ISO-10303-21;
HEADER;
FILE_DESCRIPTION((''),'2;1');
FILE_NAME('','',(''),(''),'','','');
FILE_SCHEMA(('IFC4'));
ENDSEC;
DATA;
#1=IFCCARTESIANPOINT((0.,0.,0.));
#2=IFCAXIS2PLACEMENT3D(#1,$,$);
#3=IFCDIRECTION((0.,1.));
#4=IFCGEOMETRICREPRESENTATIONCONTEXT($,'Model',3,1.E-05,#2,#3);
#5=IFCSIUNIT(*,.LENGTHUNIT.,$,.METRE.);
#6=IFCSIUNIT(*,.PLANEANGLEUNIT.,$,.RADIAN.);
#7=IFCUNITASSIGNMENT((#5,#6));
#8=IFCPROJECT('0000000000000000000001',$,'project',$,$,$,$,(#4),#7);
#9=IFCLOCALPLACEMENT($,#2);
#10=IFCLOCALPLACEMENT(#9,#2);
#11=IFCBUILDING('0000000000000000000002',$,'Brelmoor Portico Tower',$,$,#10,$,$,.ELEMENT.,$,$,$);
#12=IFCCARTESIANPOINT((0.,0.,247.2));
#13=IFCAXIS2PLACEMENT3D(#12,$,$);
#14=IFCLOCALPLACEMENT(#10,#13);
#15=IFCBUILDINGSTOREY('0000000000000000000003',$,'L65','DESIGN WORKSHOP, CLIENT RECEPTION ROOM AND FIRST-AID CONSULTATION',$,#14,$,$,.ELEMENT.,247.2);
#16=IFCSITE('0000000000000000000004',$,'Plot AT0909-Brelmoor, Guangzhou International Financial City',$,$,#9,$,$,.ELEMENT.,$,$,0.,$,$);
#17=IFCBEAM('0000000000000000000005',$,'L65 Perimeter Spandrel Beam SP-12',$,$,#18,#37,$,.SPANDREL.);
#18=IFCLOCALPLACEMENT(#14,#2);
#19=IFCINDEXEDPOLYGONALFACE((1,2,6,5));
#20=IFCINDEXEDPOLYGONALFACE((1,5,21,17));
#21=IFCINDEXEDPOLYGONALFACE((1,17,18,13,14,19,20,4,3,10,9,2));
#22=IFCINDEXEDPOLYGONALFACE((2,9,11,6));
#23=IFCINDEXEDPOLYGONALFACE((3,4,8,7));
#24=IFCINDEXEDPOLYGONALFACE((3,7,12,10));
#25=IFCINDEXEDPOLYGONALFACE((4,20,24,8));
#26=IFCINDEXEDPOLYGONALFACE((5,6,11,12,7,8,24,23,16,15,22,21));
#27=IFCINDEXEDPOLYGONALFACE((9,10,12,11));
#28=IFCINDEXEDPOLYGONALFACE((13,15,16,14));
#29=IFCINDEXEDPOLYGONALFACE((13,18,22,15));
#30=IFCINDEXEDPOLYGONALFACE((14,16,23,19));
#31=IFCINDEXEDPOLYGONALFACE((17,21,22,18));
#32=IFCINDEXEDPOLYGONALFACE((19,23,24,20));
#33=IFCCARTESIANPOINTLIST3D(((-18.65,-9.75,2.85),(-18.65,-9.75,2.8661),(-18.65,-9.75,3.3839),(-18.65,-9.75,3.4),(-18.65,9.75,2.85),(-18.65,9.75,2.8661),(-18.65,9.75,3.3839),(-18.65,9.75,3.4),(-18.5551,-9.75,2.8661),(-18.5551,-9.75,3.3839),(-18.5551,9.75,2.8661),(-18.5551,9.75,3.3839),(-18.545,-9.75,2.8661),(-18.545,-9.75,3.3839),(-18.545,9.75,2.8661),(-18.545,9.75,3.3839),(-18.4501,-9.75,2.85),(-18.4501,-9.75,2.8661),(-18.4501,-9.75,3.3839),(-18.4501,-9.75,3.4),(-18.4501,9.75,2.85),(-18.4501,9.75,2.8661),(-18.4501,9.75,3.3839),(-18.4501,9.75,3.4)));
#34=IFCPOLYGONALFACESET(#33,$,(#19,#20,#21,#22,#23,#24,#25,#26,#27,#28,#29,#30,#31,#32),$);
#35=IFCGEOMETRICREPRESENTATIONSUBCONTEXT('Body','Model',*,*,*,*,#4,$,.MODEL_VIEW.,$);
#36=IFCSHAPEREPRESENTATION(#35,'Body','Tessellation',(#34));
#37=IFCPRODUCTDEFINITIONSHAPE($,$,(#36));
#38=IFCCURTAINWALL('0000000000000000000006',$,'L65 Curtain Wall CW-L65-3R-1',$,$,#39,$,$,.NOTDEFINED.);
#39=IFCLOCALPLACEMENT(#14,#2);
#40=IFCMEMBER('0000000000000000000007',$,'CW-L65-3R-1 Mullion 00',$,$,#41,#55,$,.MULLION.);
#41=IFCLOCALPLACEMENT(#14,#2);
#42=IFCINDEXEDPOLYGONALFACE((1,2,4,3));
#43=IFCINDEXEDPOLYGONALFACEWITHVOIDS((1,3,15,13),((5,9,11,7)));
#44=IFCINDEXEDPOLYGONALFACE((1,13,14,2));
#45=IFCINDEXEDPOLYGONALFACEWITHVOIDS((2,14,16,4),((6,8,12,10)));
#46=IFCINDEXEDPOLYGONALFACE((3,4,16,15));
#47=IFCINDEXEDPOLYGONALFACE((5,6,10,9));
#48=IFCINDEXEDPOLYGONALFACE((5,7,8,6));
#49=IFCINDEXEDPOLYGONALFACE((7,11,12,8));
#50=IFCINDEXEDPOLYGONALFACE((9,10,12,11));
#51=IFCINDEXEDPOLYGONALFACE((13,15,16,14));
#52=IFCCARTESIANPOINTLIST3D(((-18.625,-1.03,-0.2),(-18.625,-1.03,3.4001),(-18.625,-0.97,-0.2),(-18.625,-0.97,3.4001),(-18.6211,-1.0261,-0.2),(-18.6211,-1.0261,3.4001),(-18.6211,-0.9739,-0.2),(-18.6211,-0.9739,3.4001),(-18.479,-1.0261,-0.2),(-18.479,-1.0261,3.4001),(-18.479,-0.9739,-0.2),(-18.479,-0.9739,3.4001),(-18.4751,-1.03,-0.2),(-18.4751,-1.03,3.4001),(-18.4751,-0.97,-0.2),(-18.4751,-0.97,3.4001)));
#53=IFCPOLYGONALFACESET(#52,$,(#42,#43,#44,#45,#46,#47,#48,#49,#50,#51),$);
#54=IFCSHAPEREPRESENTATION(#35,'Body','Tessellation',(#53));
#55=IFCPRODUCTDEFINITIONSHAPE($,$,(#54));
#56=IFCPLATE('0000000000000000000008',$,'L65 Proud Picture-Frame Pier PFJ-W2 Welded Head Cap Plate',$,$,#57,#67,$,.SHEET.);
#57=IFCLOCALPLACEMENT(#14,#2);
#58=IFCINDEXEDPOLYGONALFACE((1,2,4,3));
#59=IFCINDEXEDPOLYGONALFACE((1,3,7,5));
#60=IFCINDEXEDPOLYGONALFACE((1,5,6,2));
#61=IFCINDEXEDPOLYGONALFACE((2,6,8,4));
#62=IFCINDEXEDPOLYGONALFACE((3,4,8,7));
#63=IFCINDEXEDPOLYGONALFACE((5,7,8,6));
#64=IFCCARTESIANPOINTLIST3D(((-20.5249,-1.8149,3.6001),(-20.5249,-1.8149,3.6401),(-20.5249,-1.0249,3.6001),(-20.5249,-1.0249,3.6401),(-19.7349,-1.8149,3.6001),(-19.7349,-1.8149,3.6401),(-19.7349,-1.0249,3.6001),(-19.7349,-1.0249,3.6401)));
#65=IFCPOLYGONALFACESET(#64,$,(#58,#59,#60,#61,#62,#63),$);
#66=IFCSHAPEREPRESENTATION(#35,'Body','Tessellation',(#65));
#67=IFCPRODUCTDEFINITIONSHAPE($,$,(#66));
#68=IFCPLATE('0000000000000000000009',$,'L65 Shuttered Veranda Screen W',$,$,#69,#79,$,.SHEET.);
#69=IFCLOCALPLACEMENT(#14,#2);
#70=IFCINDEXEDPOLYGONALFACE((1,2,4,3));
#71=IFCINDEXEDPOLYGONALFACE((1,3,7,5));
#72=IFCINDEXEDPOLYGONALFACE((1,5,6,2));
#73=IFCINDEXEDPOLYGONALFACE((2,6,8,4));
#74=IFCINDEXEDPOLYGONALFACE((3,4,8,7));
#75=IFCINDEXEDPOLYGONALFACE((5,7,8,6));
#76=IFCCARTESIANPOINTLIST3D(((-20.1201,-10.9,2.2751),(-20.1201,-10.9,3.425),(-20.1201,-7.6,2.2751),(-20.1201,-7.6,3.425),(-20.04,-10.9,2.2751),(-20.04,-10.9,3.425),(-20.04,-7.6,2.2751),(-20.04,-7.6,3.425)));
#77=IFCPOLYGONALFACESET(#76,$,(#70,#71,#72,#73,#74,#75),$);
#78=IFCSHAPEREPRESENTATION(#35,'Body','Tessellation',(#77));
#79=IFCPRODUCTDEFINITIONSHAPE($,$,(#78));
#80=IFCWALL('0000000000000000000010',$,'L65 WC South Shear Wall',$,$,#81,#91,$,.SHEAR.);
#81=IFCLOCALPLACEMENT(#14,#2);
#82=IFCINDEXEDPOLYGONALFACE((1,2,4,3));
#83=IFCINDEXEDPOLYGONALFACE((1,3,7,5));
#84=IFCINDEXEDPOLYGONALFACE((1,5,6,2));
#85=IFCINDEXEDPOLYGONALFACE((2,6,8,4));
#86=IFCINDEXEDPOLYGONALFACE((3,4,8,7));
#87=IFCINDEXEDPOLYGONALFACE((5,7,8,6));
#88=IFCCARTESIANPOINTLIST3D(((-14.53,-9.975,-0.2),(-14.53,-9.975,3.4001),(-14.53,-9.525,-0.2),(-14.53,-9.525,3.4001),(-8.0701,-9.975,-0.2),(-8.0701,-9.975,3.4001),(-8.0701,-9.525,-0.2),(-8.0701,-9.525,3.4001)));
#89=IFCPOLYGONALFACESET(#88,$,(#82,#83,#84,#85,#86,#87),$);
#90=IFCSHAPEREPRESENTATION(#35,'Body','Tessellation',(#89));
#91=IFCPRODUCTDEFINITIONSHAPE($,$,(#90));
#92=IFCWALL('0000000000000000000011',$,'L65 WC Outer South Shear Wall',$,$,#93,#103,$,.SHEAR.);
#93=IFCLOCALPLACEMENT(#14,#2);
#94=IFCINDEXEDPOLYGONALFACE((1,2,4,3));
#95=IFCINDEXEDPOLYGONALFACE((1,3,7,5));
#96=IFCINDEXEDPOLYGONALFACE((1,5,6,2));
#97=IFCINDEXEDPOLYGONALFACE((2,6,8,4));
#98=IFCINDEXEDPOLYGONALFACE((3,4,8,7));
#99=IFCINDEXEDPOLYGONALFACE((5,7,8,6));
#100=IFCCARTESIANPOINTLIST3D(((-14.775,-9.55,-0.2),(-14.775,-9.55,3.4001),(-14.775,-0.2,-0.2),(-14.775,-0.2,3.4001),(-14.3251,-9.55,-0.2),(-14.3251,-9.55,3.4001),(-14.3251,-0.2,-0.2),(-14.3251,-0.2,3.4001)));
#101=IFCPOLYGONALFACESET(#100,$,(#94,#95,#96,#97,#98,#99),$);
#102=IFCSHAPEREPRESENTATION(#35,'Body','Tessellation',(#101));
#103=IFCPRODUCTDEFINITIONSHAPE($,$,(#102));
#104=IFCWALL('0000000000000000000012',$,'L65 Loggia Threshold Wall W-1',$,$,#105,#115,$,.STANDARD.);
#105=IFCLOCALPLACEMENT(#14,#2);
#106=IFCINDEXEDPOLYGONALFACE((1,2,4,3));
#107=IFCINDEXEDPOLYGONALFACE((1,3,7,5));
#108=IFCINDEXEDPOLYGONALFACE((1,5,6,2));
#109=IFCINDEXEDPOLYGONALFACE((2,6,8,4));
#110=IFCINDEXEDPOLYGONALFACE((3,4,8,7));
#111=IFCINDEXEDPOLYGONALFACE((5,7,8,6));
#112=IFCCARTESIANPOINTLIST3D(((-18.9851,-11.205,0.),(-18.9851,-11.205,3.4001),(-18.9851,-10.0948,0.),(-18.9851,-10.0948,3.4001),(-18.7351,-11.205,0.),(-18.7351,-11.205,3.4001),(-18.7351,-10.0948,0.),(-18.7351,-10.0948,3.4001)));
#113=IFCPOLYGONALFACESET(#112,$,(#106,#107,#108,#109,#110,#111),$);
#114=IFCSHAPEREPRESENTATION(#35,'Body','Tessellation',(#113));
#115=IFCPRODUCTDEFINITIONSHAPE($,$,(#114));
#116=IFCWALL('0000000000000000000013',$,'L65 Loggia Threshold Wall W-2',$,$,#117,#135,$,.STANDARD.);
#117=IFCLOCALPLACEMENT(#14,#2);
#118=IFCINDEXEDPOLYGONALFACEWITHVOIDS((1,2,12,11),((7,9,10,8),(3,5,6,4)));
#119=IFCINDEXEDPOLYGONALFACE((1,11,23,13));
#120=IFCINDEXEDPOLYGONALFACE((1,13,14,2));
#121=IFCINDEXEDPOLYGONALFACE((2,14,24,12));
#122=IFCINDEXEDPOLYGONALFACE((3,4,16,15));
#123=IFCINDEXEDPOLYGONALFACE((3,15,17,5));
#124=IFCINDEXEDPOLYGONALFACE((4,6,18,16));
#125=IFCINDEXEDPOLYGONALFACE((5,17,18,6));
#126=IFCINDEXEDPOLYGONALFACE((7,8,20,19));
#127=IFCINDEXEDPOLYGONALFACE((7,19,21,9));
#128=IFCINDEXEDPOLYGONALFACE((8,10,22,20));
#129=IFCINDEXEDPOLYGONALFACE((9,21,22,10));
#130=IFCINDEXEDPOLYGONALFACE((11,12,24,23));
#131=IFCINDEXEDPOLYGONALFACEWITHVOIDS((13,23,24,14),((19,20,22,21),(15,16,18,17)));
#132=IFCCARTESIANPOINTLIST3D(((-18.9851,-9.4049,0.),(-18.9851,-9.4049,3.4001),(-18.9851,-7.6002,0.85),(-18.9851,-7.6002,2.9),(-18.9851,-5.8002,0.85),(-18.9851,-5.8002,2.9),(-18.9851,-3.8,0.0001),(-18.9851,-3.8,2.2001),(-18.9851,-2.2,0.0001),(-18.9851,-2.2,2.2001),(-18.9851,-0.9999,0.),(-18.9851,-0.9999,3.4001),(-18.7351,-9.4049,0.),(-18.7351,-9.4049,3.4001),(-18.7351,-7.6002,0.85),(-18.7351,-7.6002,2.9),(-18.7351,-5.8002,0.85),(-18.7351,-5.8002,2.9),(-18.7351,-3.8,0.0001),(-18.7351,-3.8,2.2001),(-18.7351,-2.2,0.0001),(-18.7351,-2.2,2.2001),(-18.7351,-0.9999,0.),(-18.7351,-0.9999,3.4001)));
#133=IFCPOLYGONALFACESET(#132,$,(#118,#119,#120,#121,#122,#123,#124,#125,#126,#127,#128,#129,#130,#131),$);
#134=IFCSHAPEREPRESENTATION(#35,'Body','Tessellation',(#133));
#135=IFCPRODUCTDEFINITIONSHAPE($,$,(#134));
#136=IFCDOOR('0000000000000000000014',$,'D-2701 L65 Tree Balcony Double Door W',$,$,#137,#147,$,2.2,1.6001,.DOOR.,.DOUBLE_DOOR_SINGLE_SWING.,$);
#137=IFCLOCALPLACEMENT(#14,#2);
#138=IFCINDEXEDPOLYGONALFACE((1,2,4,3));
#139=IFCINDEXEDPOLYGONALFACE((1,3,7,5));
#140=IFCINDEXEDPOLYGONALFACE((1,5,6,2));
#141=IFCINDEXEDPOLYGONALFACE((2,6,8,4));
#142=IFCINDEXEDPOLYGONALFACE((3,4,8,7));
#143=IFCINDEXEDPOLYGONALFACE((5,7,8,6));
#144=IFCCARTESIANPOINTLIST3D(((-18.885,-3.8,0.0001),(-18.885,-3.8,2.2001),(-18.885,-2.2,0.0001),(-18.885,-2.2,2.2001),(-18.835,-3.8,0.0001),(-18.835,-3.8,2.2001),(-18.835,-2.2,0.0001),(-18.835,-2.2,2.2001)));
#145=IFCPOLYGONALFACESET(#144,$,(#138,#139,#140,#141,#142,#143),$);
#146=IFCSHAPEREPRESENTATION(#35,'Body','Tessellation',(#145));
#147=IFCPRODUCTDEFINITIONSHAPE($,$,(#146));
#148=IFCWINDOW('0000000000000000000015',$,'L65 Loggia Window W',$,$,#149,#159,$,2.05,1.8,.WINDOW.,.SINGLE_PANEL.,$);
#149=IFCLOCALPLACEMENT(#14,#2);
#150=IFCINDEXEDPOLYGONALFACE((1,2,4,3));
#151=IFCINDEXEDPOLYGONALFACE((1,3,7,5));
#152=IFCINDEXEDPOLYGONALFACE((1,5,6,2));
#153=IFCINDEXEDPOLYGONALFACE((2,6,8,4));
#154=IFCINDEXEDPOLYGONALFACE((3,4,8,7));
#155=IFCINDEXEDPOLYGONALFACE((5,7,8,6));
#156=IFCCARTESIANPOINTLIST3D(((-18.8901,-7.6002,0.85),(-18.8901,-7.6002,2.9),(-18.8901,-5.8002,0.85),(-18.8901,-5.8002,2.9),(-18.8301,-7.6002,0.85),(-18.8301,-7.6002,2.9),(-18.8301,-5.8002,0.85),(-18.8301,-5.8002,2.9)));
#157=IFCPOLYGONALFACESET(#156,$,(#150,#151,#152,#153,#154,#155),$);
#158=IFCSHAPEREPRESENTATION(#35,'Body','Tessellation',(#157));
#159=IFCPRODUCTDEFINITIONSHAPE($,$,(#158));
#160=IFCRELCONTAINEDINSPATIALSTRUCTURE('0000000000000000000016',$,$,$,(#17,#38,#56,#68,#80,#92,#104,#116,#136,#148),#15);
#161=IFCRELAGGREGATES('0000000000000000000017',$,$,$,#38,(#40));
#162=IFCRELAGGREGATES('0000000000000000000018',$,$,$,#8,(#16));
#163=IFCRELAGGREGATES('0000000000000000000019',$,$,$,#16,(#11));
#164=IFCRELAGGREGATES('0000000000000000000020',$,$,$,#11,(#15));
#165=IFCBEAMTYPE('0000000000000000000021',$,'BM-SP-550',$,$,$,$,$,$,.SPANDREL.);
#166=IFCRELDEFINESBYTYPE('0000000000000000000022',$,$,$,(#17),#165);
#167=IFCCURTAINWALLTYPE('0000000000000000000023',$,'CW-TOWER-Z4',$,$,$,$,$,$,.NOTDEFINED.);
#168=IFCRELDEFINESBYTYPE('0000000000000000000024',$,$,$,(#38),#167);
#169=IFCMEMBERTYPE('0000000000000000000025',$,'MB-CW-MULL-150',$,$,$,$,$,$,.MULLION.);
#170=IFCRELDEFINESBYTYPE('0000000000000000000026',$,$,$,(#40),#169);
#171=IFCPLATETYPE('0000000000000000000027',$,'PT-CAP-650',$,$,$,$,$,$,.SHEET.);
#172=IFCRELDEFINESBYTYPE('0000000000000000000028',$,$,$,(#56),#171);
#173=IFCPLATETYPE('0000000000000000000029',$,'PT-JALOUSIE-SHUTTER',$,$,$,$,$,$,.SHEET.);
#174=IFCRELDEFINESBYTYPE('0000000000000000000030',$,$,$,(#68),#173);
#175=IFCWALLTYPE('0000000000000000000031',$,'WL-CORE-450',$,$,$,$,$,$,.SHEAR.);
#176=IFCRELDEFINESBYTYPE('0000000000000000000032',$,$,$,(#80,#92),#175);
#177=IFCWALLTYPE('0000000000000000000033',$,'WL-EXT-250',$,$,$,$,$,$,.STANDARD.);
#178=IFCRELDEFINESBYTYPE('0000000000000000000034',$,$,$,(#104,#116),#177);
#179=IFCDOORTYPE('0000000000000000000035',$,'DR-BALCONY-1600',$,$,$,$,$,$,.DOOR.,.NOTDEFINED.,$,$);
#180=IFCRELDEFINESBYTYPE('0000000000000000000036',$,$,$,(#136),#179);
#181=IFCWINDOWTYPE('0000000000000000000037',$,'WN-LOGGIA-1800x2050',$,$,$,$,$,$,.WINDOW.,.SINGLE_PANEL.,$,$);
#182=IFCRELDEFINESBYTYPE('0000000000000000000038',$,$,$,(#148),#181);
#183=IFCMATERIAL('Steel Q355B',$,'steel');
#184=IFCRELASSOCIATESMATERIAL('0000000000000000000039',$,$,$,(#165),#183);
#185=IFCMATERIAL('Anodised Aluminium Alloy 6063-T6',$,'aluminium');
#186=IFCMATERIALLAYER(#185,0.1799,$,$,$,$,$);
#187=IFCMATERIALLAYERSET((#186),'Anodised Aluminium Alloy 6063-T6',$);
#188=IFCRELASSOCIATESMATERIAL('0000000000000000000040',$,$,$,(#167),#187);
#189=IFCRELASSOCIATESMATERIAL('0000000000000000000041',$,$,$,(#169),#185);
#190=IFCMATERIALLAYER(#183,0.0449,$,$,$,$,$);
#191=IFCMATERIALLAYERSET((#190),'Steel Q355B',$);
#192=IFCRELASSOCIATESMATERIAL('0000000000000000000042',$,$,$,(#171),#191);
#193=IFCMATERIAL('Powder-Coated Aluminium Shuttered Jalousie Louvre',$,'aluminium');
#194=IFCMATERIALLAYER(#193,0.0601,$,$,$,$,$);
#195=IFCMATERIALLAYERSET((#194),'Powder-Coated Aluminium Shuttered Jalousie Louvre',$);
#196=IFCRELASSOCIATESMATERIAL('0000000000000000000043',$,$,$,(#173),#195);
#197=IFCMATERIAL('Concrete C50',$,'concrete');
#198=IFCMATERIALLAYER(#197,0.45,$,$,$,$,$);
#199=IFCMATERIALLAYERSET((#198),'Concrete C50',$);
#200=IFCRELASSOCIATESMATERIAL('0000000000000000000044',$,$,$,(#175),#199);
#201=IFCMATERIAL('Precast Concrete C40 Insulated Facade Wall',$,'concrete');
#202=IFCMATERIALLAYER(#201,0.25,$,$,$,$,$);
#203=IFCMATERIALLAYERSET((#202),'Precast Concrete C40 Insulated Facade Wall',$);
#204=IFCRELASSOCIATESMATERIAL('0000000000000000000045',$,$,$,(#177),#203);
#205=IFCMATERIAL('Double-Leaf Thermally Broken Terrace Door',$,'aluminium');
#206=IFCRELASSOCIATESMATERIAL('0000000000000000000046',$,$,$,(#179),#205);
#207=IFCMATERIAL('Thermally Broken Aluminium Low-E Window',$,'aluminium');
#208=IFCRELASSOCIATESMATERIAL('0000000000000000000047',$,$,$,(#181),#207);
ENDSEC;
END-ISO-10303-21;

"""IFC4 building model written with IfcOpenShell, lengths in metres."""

from ifc_helpers import new_model, si_unit, direction, frame, frame_2d, origin, origin_2d, place, context, subcontext, project, spatial, rectangle, hollow_rectangle, i_section, extrude, material, layer, layer_set, material_profile, profile_set, type_object, element, fill, aggregate, save


model = new_model("IFC4")

# Units and contexts
model_context = context("Model", 3, precision=1e-05, world=origin(), true_north=direction((0.0, 1.0)))
body_context = subcontext(model_context, "Body", "Model", "MODEL_VIEW")
ifc_project = project(units=[si_unit("LENGTHUNIT", "METRE"), si_unit("PLANEANGLEUNIT", "RADIAN")], contexts=[model_context])

# Site, building, storey
site_placement = place(None, origin())
site = spatial("IfcSite", under=ifc_project, at=site_placement, Name="Plot AT0909-Brelmoor, Guangzhou International Financial City", CompositionType="ELEMENT", RefElevation=0.0)
building_placement = place(site_placement, origin())
building = spatial("IfcBuilding", under=site, at=building_placement, Name="Brelmoor Portico Tower", CompositionType="ELEMENT")
storey_placement = place(building_placement, frame((0.0, 0.0, 247.2)))
storey = spatial("IfcBuildingStorey", under=building, at=storey_placement, Name="L65", Description="DESIGN WORKSHOP, CLIENT RECEPTION ROOM AND FIRST-AID CONSULTATION", CompositionType="ELEMENT", Elevation=247.2)

# Shared definitions
ifc_material_1 = material(Name="Steel Q355B", Category="steel")

# Beam
ifc_material_profile_1 = material_profile(ifc_material_1, i_section(OverallWidth=0.2, OverallDepth=0.55, WebThickness=0.01, FlangeThickness=0.0161, at=origin_2d()), Name="HN 550x200x10x16")
ifc_profile_set_1 = profile_set([ifc_material_profile_1], Name="Steel Q355B")
beam_type_1 = type_object("IfcBeamType", Name="BM-SP-550", PredefinedType="SPANDREL", material=ifc_profile_set_1)
beam_1_placement = place(storey_placement, frame((-18.55, -9.75, 3.125), z_axis=(0.0, 1.0, 0.0), x_axis=(-1.0, 0.0, 0.0)))
element("IfcBeam", 1, at=beam_1_placement, inside=storey, type_object=beam_type_1, Name="L65 Perimeter Spandrel Beam SP-12", PredefinedType="SPANDREL", context=body_context, shape_type="SweptSolid", body=[
    extrude(i_section(OverallWidth=0.2, OverallDepth=0.55, WebThickness=0.01, FlangeThickness=0.0161, at=origin_2d()), origin(), (0.0, 0.0, 1.0), 19.5),
])

# Curtain wall, member
ifc_material_2 = material(Name="Anodised Aluminium Alloy 6063-T6", Category="aluminium")
ifc_layer_1 = layer(ifc_material_2, 0.1799)
ifc_layer_set_1 = layer_set([ifc_layer_1], Name="Anodised Aluminium Alloy 6063-T6")
curtain_wall_type = type_object("IfcCurtainWallType", Name="CW-TOWER-Z4", PredefinedType="NOTDEFINED", material=ifc_layer_set_1)
curtain_wall_placement = place(storey_placement, origin())
curtain_wall = element("IfcCurtainWall", 2, at=curtain_wall_placement, inside=storey, type_object=curtain_wall_type, Name="L65 Curtain Wall CW-L65-3R-1", PredefinedType="NOTDEFINED")
ifc_material_profile_2 = material_profile(ifc_material_2, hollow_rectangle(XDim=0.0601, YDim=0.1499, WallThickness=0.0039, at=origin_2d()), Name="ALU MULLION 60x150")
ifc_profile_set_2 = profile_set([ifc_material_profile_2], Name="Anodised Aluminium Alloy 6063-T6")
member_type = type_object("IfcMemberType", Name="MB-CW-MULL-150", PredefinedType="MULLION", material=ifc_profile_set_2)
member_placement = place(storey_placement, frame((-18.55, -1.0, -0.2), z_axis=(0.0, 0.0, 1.0), x_axis=(0.0, 1.0, 0.0)))
member = element("IfcMember", 3, at=member_placement, type_object=member_type, Name="CW-L65-3R-1 Mullion 00", PredefinedType="MULLION", context=body_context, shape_type="SweptSolid", body=[
    extrude(hollow_rectangle(XDim=0.0601, YDim=0.1499, WallThickness=0.0039, at=origin_2d()), origin(), (0.0, 0.0, 1.0), 3.6001),
])
aggregate(curtain_wall, [member])

# Plates
ifc_layer_2 = layer(ifc_material_1, 0.0449)
ifc_layer_set_2 = layer_set([ifc_layer_2], Name="Steel Q355B")
plate_type_1 = type_object("IfcPlateType", Name="PT-CAP-650", PredefinedType="SHEET", material=ifc_layer_set_2)
plate_1_placement = place(storey_placement, frame((-20.1299, -1.4199, 3.6001), z_axis=(0.0, 0.0, 1.0), x_axis=(0.0, 1.0, 0.0)))
element("IfcPlate", 4, at=plate_1_placement, inside=storey, type_object=plate_type_1, Name="L65 Proud Picture-Frame Pier PFJ-W2 Welded Head Cap Plate", PredefinedType="SHEET", context=body_context, shape_type="SweptSolid", body=[
    extrude(rectangle(XDim=0.79, YDim=0.79, at=origin_2d()), origin(), (0.0, 0.0, 1.0), 0.04),
])
ifc_material_3 = material(Name="Powder-Coated Aluminium Shuttered Jalousie Louvre", Category="aluminium")
ifc_layer_3 = layer(ifc_material_3, 0.0601)
ifc_layer_set_3 = layer_set([ifc_layer_3], Name="Powder-Coated Aluminium Shuttered Jalousie Louvre")
plate_type_2 = type_object("IfcPlateType", Name="PT-JALOUSIE-SHUTTER", PredefinedType="SHEET", material=ifc_layer_set_3)
plate_2_placement = place(storey_placement, frame((-20.0801, -9.25, 2.2751), z_axis=(0.0, 0.0, 1.0), x_axis=(0.0, 1.0, 0.0)))
element("IfcPlate", 5, at=plate_2_placement, inside=storey, type_object=plate_type_2, Name="L65 Shuttered Veranda Screen W", PredefinedType="SHEET", context=body_context, shape_type="SweptSolid", body=[
    extrude(rectangle(XDim=3.3, YDim=0.0801, at=origin_2d()), origin(), (0.0, 0.0, 1.0), 1.1499),
])

# Walls
ifc_material_4 = material(Name="Concrete C50", Category="concrete")
ifc_layer_4 = layer(ifc_material_4, 0.45)
ifc_layer_set_4 = layer_set([ifc_layer_4], Name="Concrete C50")
wall_type_1 = type_object("IfcWallType", Name="WL-CORE-450", PredefinedType="SHEAR", material=ifc_layer_set_4)
wall_1_placement = place(storey_placement, frame((-14.53, -9.75, -0.2), z_axis=(0.0, 0.0, 1.0), x_axis=(1.0, 0.0, 0.0)))
element("IfcWall", 6, at=wall_1_placement, inside=storey, type_object=wall_type_1, Name="L65 WC South Shear Wall", PredefinedType="SHEAR", context=body_context, shape_type="SweptSolid", body=[
    extrude(rectangle(XDim=6.46, YDim=0.45, at=frame_2d((3.23, 0.0))), origin(), (0.0, 0.0, 1.0), 3.6001),
])
wall_2_placement = place(storey_placement, frame((-14.55, -9.55, -0.2), z_axis=(0.0, 0.0, 1.0), x_axis=(0.0, 1.0, 0.0)))
element("IfcWall", 7, at=wall_2_placement, inside=storey, type_object=wall_type_1, Name="L65 WC Outer South Shear Wall", PredefinedType="SHEAR", context=body_context, shape_type="SweptSolid", body=[
    extrude(rectangle(XDim=9.3501, YDim=0.45, at=frame_2d((4.675, 0.0))), origin(), (0.0, 0.0, 1.0), 3.6001),
])
ifc_material_5 = material(Name="Precast Concrete C40 Insulated Facade Wall", Category="concrete")
ifc_layer_5 = layer(ifc_material_5, 0.25)
ifc_layer_set_5 = layer_set([ifc_layer_5], Name="Precast Concrete C40 Insulated Facade Wall")
wall_type_2 = type_object("IfcWallType", Name="WL-EXT-250", PredefinedType="STANDARD", material=ifc_layer_set_5)
wall_3_placement = place(storey_placement, frame((-18.8601, -11.2051, 0.0), z_axis=(0.0, 0.0, 1.0), x_axis=(0.0, 1.0, 0.0)))
element("IfcWall", 8, at=wall_3_placement, inside=storey, type_object=wall_type_2, Name="L65 Loggia Threshold Wall W-1", PredefinedType="STANDARD", context=body_context, shape_type="SweptSolid", body=[
    extrude(rectangle(XDim=1.1101, YDim=0.25, at=frame_2d((0.5552, 0.0))), origin(), (0.0, 0.0, 1.0), 3.4001),
])

# Wall, openings, door, window
wall_4_placement = place(storey_placement, frame((-18.8601, -9.405, 0.0), z_axis=(0.0, 0.0, 1.0), x_axis=(0.0, 1.0, 0.0)))
wall_4 = element("IfcWall", 9, at=wall_4_placement, inside=storey, type_object=wall_type_2, Name="L65 Loggia Threshold Wall W-2", PredefinedType="STANDARD", context=body_context, shape_type="SweptSolid", body=[
    extrude(rectangle(XDim=8.405, YDim=0.25, at=frame_2d((4.2026, 0.0))), origin(), (0.0, 0.0, 1.0), 3.4001),
])
opening_1_placement = place(wall_4_placement, frame((5.605, 0.0, 0.0)))
opening_1 = element("IfcOpeningElement", 10, at=opening_1_placement, cuts=wall_4, PredefinedType="OPENING", context=body_context, shape_type="SweptSolid", body=[
    extrude(rectangle(XDim=1.6001, YDim=2.2, at=frame_2d((0.8, 1.1001))), frame((0.0, 0.135, 0.0), z_axis=(0.0, -1.0, 0.0), x_axis=(1.0, 0.0, 0.0)), (0.0, 0.0, 1.0), 0.27),
])
opening_2_placement = place(wall_4_placement, frame((1.8049, 0.0, 0.8501)))
opening_2 = element("IfcOpeningElement", 11, at=opening_2_placement, cuts=wall_4, PredefinedType="OPENING", context=body_context, shape_type="SweptSolid", body=[
    extrude(rectangle(XDim=1.8, YDim=2.05, at=frame_2d((0.8999, 1.0249))), frame((0.0, 0.135, 0.0), z_axis=(0.0, -1.0, 0.0), x_axis=(1.0, 0.0, 0.0)), (0.0, 0.0, 1.0), 0.27),
])
ifc_material_6 = material(Name="Double-Leaf Thermally Broken Terrace Door", Category="aluminium")
door_type_1 = type_object("IfcDoorType", Name="DR-BALCONY-1600", OperationType="NOTDEFINED", PredefinedType="DOOR", material=ifc_material_6)
door_1_placement = place(opening_1_placement, origin())
door_1 = element("IfcDoor", 12, at=door_1_placement, inside=storey, type_object=door_type_1, Name="D-2701 L65 Tree Balcony Double Door W", OperationType="DOUBLE_DOOR_SINGLE_SWING", OverallHeight=2.2, OverallWidth=1.6001, PredefinedType="DOOR", context=body_context, shape_type="SweptSolid", body=[
    extrude(rectangle(XDim=1.6001, YDim=2.2, at=frame_2d((0.8, 1.1001))), frame((0.0, 0.0249, 0.0), z_axis=(0.0, -1.0, 0.0), x_axis=(1.0, 0.0, 0.0)), (0.0, 0.0, 1.0), 0.05),
])
fill(opening_1, door_1)
ifc_material_7 = material(Name="Thermally Broken Aluminium Low-E Window", Category="aluminium")
window_type = type_object("IfcWindowType", Name="WN-LOGGIA-1800x2050", PartitioningType="SINGLE_PANEL", PredefinedType="WINDOW", material=ifc_material_7)
window_placement = place(opening_2_placement, origin())
window = element("IfcWindow", 13, at=window_placement, inside=storey, type_object=window_type, Name="L65 Loggia Window W", OverallHeight=2.05, OverallWidth=1.8, PartitioningType="SINGLE_PANEL", PredefinedType="WINDOW", context=body_context, shape_type="SweptSolid", body=[
    extrude(rectangle(XDim=1.8, YDim=2.05, at=frame_2d((0.8999, 1.0249))), frame((0.0, 0.03, 0.0), z_axis=(0.0, -1.0, 0.0), x_axis=(1.0, 0.0, 0.0)), (0.0, 0.0, 1.0), 0.0601),
])
fill(opening_2, window)

save(model, "model.ifc")
